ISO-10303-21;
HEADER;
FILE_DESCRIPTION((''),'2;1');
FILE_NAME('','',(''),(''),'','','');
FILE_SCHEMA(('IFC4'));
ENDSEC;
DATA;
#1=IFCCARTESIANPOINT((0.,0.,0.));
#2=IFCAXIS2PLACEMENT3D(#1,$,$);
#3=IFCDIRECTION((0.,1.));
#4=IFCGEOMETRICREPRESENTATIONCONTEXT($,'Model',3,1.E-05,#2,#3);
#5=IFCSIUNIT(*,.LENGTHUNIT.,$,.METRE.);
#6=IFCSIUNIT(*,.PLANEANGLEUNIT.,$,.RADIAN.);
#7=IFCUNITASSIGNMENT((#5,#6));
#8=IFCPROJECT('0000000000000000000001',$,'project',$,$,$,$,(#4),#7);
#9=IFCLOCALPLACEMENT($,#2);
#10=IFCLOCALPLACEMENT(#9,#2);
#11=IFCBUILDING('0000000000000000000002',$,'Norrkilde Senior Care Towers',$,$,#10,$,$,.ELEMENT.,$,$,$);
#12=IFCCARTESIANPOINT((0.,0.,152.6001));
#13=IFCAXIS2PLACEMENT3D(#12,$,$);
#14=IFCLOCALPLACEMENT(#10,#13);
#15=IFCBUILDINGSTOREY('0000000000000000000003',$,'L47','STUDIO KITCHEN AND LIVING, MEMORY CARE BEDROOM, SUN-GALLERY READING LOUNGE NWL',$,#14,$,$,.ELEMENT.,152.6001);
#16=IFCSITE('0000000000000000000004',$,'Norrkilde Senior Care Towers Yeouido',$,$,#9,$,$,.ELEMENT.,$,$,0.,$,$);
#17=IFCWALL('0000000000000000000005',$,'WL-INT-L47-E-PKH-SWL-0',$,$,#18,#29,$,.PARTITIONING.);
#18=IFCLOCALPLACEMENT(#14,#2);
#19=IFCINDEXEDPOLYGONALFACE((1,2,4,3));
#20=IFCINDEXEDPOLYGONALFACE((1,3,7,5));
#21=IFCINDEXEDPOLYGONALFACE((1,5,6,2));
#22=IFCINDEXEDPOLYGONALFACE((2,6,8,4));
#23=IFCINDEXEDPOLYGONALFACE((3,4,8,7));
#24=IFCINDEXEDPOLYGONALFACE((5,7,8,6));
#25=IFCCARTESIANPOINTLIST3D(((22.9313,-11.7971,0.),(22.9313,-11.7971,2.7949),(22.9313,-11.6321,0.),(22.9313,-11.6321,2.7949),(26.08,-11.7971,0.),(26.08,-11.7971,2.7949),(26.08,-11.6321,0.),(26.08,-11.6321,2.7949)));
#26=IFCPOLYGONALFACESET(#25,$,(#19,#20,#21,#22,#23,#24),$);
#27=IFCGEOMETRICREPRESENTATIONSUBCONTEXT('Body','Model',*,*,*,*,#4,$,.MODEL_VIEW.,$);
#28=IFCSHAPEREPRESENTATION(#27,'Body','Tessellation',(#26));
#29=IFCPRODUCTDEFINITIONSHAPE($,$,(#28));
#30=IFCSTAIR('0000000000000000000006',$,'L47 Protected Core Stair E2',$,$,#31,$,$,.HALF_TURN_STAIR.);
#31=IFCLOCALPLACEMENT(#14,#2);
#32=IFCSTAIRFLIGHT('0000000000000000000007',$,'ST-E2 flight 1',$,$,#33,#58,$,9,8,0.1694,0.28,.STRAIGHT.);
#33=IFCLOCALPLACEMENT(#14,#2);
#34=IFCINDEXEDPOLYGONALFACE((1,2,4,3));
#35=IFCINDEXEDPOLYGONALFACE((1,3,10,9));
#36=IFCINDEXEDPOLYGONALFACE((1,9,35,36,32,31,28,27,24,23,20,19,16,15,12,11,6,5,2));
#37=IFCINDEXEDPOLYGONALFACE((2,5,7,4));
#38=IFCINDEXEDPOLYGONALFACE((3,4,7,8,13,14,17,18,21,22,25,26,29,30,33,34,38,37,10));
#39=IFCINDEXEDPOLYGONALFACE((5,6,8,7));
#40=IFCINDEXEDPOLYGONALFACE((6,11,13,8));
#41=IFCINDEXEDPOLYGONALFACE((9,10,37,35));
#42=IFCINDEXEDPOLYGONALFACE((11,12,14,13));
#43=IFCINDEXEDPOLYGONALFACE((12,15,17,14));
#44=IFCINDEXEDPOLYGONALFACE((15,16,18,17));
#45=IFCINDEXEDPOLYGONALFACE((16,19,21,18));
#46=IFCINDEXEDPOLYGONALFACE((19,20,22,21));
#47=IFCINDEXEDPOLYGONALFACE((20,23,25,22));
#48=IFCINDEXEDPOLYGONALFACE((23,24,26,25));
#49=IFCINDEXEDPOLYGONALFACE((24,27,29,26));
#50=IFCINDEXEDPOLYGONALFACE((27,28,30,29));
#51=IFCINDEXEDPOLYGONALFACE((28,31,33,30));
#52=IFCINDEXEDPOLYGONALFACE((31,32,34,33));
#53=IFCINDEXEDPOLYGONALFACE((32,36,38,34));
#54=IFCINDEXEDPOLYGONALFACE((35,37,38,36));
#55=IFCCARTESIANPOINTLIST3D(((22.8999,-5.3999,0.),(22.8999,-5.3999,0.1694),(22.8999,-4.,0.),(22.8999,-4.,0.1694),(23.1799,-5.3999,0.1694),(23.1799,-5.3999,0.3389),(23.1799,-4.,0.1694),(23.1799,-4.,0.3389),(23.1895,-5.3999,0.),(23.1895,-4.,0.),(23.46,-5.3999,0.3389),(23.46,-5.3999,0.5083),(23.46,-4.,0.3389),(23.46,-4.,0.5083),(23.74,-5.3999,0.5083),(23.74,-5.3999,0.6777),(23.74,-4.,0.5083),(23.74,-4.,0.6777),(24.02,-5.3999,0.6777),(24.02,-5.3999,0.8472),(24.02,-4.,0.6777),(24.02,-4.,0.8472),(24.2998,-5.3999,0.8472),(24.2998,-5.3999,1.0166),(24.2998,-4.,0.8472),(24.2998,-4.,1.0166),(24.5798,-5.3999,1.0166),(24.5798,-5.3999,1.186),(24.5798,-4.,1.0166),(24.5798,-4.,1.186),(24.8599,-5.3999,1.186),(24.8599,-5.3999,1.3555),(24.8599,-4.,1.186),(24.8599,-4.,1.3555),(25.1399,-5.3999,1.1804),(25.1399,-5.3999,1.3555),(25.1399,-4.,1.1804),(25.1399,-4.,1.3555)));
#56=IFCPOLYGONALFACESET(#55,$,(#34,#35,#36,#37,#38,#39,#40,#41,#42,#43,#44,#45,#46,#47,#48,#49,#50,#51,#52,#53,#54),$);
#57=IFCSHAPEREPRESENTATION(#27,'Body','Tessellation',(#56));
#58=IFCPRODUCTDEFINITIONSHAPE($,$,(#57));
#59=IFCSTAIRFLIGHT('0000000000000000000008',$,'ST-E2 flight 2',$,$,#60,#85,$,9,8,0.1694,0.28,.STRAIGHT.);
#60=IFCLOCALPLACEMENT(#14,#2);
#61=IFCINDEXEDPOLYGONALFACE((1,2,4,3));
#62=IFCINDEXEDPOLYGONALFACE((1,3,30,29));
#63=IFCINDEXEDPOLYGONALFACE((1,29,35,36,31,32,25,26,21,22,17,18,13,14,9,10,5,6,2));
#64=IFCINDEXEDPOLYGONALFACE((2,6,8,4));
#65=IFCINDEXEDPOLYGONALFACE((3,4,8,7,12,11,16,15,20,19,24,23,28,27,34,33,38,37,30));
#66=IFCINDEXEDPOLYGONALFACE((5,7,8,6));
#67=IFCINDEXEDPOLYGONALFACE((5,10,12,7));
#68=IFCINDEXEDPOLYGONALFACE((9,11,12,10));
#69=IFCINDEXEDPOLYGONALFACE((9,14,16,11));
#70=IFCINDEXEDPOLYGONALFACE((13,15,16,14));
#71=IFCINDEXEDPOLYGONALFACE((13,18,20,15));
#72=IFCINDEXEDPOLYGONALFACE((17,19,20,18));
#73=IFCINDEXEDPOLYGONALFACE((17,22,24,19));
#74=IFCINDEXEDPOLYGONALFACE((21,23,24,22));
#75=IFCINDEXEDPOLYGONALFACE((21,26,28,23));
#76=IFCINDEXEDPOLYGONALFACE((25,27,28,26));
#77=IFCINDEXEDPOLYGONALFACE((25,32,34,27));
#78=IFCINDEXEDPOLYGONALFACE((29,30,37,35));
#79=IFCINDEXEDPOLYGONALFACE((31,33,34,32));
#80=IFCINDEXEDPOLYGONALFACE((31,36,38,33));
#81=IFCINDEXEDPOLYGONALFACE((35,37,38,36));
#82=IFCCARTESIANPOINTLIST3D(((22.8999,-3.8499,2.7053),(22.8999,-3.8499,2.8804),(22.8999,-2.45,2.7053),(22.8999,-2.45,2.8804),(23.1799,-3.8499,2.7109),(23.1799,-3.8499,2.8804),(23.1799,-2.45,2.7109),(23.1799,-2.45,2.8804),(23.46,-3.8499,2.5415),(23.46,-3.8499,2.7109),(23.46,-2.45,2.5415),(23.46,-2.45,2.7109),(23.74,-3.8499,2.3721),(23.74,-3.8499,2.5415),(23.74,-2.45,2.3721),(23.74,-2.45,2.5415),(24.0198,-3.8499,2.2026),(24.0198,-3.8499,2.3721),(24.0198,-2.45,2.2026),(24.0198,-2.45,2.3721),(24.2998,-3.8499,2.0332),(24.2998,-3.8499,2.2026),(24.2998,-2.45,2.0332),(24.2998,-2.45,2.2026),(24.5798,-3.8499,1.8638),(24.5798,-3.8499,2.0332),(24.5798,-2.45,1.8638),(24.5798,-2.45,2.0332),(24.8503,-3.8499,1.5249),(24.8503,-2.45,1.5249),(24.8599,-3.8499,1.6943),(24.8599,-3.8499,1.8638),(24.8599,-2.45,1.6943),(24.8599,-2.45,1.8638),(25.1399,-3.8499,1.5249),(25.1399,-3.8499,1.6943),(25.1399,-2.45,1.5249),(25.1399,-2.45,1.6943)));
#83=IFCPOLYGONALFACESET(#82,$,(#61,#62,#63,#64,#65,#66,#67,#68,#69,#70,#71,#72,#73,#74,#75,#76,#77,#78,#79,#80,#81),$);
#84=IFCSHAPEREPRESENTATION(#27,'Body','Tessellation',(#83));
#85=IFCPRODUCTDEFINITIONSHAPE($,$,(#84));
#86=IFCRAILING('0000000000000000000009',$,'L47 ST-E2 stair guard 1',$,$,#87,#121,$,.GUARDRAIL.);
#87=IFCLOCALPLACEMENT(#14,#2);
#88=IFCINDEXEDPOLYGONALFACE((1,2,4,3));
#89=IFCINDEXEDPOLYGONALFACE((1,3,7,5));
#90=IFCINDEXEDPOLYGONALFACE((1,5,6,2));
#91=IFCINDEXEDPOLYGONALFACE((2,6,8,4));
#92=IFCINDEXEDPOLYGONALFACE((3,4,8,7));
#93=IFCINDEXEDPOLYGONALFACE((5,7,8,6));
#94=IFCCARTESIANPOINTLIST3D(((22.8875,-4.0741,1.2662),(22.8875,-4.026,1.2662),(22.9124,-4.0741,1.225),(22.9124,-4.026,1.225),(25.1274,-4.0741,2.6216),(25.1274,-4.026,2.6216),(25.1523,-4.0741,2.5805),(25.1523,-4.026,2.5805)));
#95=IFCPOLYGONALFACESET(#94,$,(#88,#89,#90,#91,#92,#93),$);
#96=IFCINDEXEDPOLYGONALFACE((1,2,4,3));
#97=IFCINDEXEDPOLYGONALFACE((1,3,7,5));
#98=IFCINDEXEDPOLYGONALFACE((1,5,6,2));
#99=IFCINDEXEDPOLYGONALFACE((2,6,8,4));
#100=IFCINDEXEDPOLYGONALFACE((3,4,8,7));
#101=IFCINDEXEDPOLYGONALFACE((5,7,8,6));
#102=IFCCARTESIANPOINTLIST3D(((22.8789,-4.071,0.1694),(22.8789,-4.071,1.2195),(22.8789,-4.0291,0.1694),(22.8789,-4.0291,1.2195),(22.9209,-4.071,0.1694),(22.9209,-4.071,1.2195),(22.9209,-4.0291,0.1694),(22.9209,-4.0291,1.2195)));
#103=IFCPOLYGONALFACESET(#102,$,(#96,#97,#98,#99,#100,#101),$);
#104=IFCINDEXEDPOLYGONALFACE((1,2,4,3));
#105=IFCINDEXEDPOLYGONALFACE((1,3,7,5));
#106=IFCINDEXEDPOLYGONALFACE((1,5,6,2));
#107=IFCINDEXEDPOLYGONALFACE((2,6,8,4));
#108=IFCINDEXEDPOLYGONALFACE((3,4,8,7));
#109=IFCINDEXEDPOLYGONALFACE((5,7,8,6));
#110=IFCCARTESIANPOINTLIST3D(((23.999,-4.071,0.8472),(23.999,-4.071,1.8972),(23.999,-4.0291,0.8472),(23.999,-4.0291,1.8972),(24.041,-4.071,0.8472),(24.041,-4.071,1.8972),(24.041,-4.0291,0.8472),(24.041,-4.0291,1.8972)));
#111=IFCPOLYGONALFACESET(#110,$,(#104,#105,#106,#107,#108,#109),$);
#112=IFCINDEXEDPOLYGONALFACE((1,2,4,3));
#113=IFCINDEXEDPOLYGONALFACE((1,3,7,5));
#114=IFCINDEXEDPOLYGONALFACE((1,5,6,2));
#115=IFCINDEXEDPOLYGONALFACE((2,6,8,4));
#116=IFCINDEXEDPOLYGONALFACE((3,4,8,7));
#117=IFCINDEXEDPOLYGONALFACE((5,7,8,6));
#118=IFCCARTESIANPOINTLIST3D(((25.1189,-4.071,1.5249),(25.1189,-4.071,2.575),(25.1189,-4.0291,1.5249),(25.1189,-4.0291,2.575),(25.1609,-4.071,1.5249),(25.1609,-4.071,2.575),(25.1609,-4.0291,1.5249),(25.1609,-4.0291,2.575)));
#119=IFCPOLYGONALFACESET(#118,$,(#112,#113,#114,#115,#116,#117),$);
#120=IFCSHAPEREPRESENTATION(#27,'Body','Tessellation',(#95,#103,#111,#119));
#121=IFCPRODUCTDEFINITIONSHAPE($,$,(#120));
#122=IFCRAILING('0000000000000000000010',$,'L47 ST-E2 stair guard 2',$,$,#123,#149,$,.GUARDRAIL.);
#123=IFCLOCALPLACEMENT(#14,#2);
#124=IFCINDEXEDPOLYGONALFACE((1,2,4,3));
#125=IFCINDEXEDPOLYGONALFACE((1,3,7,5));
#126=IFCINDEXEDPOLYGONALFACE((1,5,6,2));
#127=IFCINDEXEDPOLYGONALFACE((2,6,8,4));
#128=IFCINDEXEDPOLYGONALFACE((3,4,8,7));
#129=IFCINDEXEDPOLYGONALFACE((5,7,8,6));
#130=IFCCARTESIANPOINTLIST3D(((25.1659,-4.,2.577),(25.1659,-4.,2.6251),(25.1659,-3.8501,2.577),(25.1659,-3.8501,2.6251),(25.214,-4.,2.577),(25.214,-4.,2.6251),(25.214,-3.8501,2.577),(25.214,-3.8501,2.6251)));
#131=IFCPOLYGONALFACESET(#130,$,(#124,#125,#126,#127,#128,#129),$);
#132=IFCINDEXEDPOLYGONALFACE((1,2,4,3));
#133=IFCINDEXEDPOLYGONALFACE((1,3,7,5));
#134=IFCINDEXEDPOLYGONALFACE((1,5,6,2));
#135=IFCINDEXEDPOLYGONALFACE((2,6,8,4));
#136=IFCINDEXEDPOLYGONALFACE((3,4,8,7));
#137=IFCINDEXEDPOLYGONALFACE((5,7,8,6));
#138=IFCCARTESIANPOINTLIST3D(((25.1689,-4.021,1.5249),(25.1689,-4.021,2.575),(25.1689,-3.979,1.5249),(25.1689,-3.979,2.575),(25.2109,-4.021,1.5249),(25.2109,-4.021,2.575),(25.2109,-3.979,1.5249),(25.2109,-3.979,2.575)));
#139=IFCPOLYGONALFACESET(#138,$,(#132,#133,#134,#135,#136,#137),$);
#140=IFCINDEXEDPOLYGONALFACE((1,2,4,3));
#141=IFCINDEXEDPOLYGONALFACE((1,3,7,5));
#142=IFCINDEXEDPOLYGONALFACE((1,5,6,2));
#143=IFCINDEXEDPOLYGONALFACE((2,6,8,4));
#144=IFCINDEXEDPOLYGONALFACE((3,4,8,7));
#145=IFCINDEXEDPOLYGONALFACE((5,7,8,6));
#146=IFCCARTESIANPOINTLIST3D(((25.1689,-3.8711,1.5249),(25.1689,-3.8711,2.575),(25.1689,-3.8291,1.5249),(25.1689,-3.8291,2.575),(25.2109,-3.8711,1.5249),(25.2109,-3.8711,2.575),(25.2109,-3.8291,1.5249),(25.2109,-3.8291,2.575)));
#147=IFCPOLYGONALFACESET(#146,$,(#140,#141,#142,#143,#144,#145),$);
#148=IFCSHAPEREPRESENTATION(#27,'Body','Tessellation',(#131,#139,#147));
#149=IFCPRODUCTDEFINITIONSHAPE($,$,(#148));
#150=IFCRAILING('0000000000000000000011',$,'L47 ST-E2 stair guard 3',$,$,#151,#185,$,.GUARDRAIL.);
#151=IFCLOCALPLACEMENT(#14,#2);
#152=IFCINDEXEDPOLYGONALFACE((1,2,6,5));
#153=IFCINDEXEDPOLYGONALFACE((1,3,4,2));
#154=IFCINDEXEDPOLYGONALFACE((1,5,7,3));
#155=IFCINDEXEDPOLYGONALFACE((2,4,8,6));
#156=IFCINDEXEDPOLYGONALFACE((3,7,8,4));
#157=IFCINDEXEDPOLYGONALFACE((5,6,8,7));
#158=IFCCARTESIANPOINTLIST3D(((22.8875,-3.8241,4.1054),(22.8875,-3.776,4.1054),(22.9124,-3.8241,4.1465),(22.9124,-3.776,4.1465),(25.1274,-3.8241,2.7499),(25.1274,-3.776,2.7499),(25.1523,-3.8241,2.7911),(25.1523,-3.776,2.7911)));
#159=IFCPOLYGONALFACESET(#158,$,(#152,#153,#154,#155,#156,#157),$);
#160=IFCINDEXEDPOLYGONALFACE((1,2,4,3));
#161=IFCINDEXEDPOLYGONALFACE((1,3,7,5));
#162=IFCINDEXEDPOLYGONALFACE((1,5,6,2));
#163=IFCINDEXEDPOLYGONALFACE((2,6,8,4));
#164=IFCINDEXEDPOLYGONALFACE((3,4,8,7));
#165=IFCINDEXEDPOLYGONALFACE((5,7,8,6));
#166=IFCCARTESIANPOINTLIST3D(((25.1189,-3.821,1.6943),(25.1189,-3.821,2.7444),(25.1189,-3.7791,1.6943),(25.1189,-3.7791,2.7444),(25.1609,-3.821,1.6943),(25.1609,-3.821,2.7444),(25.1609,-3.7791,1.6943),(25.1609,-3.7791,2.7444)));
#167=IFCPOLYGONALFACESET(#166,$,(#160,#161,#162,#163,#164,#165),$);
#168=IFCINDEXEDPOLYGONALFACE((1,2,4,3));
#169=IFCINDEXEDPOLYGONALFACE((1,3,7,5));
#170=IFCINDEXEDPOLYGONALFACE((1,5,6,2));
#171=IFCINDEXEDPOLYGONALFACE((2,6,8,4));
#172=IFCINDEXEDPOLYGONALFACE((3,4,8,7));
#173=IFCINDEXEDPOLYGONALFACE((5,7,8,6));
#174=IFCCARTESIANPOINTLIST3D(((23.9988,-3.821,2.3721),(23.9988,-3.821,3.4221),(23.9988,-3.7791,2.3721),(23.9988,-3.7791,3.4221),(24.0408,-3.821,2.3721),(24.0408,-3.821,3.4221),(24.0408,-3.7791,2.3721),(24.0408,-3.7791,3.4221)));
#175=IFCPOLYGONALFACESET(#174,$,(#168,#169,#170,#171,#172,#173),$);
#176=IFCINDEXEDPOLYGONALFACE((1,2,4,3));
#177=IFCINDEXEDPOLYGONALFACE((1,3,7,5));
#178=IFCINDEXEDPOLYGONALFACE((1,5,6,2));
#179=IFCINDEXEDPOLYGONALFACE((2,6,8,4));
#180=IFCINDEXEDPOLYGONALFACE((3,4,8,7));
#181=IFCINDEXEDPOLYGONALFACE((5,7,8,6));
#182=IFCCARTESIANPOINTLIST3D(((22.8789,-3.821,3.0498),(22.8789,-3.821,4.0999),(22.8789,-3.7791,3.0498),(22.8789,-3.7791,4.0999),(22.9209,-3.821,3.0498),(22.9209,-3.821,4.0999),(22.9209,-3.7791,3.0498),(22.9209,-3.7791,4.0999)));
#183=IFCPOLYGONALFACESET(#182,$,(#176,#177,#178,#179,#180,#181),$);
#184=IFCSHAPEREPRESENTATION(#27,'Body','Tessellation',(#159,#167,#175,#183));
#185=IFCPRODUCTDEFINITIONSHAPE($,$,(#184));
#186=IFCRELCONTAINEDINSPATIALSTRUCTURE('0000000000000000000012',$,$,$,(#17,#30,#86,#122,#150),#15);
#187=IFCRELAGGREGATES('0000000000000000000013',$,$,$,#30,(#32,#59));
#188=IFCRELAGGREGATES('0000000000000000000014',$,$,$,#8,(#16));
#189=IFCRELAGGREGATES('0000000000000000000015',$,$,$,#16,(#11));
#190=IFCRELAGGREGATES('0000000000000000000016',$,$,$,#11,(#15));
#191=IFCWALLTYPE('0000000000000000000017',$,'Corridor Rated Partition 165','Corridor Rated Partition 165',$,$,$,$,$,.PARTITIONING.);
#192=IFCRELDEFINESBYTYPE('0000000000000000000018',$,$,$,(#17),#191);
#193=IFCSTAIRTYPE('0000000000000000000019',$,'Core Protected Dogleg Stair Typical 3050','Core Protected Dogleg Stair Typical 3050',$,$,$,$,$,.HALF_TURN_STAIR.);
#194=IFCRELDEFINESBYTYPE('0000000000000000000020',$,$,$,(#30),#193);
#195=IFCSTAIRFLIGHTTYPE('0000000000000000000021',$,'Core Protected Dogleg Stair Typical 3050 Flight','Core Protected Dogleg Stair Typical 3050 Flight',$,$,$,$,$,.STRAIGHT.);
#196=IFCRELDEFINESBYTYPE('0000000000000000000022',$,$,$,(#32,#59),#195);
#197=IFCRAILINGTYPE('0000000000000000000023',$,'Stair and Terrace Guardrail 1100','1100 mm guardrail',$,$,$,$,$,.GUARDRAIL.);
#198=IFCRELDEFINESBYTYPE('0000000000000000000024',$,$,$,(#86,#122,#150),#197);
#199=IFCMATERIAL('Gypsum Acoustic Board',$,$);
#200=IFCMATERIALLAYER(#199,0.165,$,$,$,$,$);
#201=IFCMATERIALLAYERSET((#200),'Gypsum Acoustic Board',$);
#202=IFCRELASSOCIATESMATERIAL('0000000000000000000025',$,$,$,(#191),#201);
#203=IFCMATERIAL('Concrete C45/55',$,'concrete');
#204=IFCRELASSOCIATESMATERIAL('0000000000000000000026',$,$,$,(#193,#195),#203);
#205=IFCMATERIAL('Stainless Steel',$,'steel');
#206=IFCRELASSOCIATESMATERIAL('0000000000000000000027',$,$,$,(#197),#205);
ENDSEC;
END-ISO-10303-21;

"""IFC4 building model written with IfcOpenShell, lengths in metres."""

from ifc_helpers import new_model, si_unit, direction, frame, frame_2d, origin, origin_2d, place, context, subcontext, project, spatial, polyline, rectangle, outline, extrude, source, transform, mapped, material, layer, layer_set, type_object, element, aggregate, save


model = new_model("IFC4")

# Units and contexts
model_context = context("Model", 3, precision=1e-05, world=origin(), true_north=direction((0.0, 1.0)))
body_context = subcontext(model_context, "Body", "Model", "MODEL_VIEW")
ifc_project = project(units=[si_unit("LENGTHUNIT", "METRE"), si_unit("PLANEANGLEUNIT", "RADIAN")], contexts=[model_context])

# Site, building, storey
site_placement = place(None, origin())
site = spatial("IfcSite", under=ifc_project, at=site_placement, Name="Norrkilde Senior Care Towers Yeouido", CompositionType="ELEMENT", RefElevation=0.0)
building_placement = place(site_placement, origin())
building = spatial("IfcBuilding", under=site, at=building_placement, Name="Norrkilde Senior Care Towers", CompositionType="ELEMENT")
storey_placement = place(building_placement, frame((0.0, 0.0, 152.6001)))
storey = spatial("IfcBuildingStorey", under=building, at=storey_placement, Name="L47", Description="STUDIO KITCHEN AND LIVING, MEMORY CARE BEDROOM, SUN-GALLERY READING LOUNGE NWL", CompositionType="ELEMENT", Elevation=152.6001)

# Shared definitions
ifc_material_1 = material(Name="Gypsum Acoustic Board")
ifc_layer_1 = layer(ifc_material_1, 0.165)
ifc_layer_set_1 = layer_set([ifc_layer_1], Name="Gypsum Acoustic Board")
wall_type_1 = type_object("IfcWallType", Name="Corridor Rated Partition 165", Description="Corridor Rated Partition 165", PredefinedType="PARTITIONING", material=ifc_layer_set_1)

# Shared definitions
ifc_material_2 = material(Name="Concrete C45/55", Category="concrete")

# Wall
shared_shape_1 = source(origin(), body_context, "Body", "SweptSolid", [
    extrude(rectangle(XDim=3.1487, YDim=0.165, at=frame_2d((1.5742, 0.0))), origin(), (0.0, 0.0, 1.0), 2.7949),
])
wall_1_placement = place(storey_placement, frame((22.9314, -11.7146, 0.0), z_axis=(0.0, 0.0, 1.0), x_axis=(1.0, 0.0, 0.0)))
element("IfcWall", 1, at=wall_1_placement, inside=storey, type_object=wall_type_1, Name="WL-INT-L47-E-PKH-SWL-0", PredefinedType="PARTITIONING", context=body_context, shape_type="MappedRepresentation", body=[
    mapped(shared_shape_1, transform((0.0, 0.0, 0.0), x_axis=(1.0, 0.0, 0.0), y_axis=(0.0, 1.0, 0.0), z_axis=(0.0, 0.0, 1.0), scale=1.0)),
])

# Stair, stair flights
stair_type = type_object("IfcStairType", Name="Core Protected Dogleg Stair Typical 3050", Description="Core Protected Dogleg Stair Typical 3050", PredefinedType="HALF_TURN_STAIR", material=ifc_material_2)
stair_placement = place(storey_placement, origin())
stair = element("IfcStair", 2, at=stair_placement, inside=storey, type_object=stair_type, Name="L47 Protected Core Stair E2", PredefinedType="HALF_TURN_STAIR")
stair_flight_type = type_object("IfcStairFlightType", Name="Core Protected Dogleg Stair Typical 3050 Flight", Description="Core Protected Dogleg Stair Typical 3050 Flight", PredefinedType="STRAIGHT", material=ifc_material_2)
stair_flight_1_placement = place(storey_placement, frame((22.8999, -4.7, 0.0), z_axis=(0.0, 0.0, 1.0), x_axis=(1.0, 0.0, 0.0)))
stair_flight_1 = element("IfcStairFlight", 3, at=stair_flight_1_placement, type_object=stair_flight_type, Name="ST-E2 flight 1", NumberOfRisers=9, NumberOfTreads=8, PredefinedType="STRAIGHT", RiserHeight=0.1694, TreadLength=0.28, context=body_context, shape_type="SweptSolid", body=[
    extrude(outline(polyline([(0.0, 0.0), (0.0, 0.1694), (0.28, 0.1694), (0.28, 0.3389), (0.5601, 0.3389), (0.5601, 0.5083), (0.8401, 0.5083), (0.8401, 0.6777), (1.1201, 0.6777), (1.1201, 0.8472), (1.3999, 0.8472), (1.3999, 1.0166), (1.6799, 1.0166), (1.6799, 1.186), (1.96, 1.186), (1.96, 1.3555), (2.24, 1.3555), (2.24, 1.5249), (2.24, 1.1804), (0.2896, 0.0), (0.0, 0.0)])), frame((0.0, 0.7, 0.0), z_axis=(0.0, -1.0, 0.0), x_axis=(1.0, 0.0, 0.0)), (0.0, 0.0, 1.0), 1.3999),
])
stair_flight_2_placement = place(storey_placement, frame((25.1399, -3.1499, 1.5249), z_axis=(0.0, 0.0, 1.0), x_axis=(-1.0, 0.0, 0.0)))
stair_flight_2 = element("IfcStairFlight", 4, at=stair_flight_2_placement, type_object=stair_flight_type, Name="ST-E2 flight 2", NumberOfRisers=9, NumberOfTreads=8, PredefinedType="STRAIGHT", RiserHeight=0.1694, TreadLength=0.28, context=body_context, shape_type="SweptSolid", body=[
    extrude(outline(polyline([(0.0, 0.0), (0.0, 0.1694), (0.28, 0.1694), (0.28, 0.3389), (0.5601, 0.3389), (0.5601, 0.5083), (0.8401, 0.5083), (0.8401, 0.6777), (1.1201, 0.6777), (1.1201, 0.8472), (1.3999, 0.8472), (1.3999, 1.0166), (1.6799, 1.0166), (1.6799, 1.186), (1.96, 1.186), (1.96, 1.3555), (2.24, 1.3555), (2.24, 1.5249), (2.24, 1.1804), (0.2896, 0.0), (0.0, 0.0)])), frame((0.0, 0.7, 0.0), z_axis=(0.0, -1.0, 0.0), x_axis=(1.0, 0.0, 0.0)), (0.0, 0.0, 1.0), 1.3999),
])
aggregate(stair, [stair_flight_1, stair_flight_2])

# Railings
ifc_material_3 = material(Name="Stainless Steel", Category="steel")
railing_type_1 = type_object("IfcRailingType", Name="Stair and Terrace Guardrail 1100", Description="1100 mm guardrail", PredefinedType="GUARDRAIL", material=ifc_material_3)
railing_1_placement = place(storey_placement, frame((22.8999, -4.05, 0.1694)))
element("IfcRailing", 5, at=railing_1_placement, inside=storey, type_object=railing_type_1, Name="L47 ST-E2 stair guard 1", PredefinedType="GUARDRAIL", context=body_context, shape_type="SweptSolid", body=[
    extrude(rectangle(XDim=0.0481, YDim=0.0481, at=origin_2d()), frame((0.0, 0.0, 1.0762), z_axis=(0.855553, 0.0, 0.517715), x_axis=(0.0, 1.0, 0.0)), (0.0, 0.0, 1.0), 2.6182),
    extrude(rectangle(XDim=0.042, YDim=0.042, at=origin_2d()), origin(), (0.0, 0.0, 1.0), 1.05),
    extrude(rectangle(XDim=0.042, YDim=0.042, at=origin_2d()), frame((1.1201, 0.0, 0.6777)), (0.0, 0.0, 1.0), 1.05),
    extrude(rectangle(XDim=0.042, YDim=0.042, at=origin_2d()), frame((2.24, 0.0, 1.3555)), (0.0, 0.0, 1.0), 1.05),
])
railing_2_placement = place(storey_placement, frame((25.1899, -4.0, 1.5249)))
element("IfcRailing", 6, at=railing_2_placement, inside=storey, type_object=railing_type_1, Name="L47 ST-E2 stair guard 2", PredefinedType="GUARDRAIL", context=body_context, shape_type="SweptSolid", body=[
    extrude(rectangle(XDim=0.0481, YDim=0.0481, at=origin_2d()), frame((0.0, 0.0, 1.0762), z_axis=(0.0, 1.0, 0.0), x_axis=(-1.0, 0.0, 0.0)), (0.0, 0.0, 1.0), 0.1499),
    extrude(rectangle(XDim=0.042, YDim=0.042, at=origin_2d()), origin(), (0.0, 0.0, 1.0), 1.05),
    extrude(rectangle(XDim=0.042, YDim=0.042, at=origin_2d()), frame((0.0, 0.1499, 0.0)), (0.0, 0.0, 1.0), 1.05),
])
railing_3_placement = place(storey_placement, frame((25.1399, -3.8, 1.6943)))
element("IfcRailing", 7, at=railing_3_placement, inside=storey, type_object=railing_type_1, Name="L47 ST-E2 stair guard 3", PredefinedType="GUARDRAIL", context=body_context, shape_type="SweptSolid", body=[
    extrude(rectangle(XDim=0.0481, YDim=0.0481, at=origin_2d()), frame((0.0, 0.0, 1.0762), z_axis=(-0.855553, 0.0, 0.517715), x_axis=(0.0, -1.0, 0.0)), (0.0, 0.0, 1.0), 2.6182),
    extrude(rectangle(XDim=0.042, YDim=0.042, at=origin_2d()), origin(), (0.0, 0.0, 1.0), 1.05),
    extrude(rectangle(XDim=0.042, YDim=0.042, at=origin_2d()), frame((-1.1201, 0.0, 0.6777)), (0.0, 0.0, 1.0), 1.05),
    extrude(rectangle(XDim=0.042, YDim=0.042, at=origin_2d()), frame((-2.24, 0.0, 1.3555)), (0.0, 0.0, 1.0), 1.05),
])

save(model, "model.ifc")
